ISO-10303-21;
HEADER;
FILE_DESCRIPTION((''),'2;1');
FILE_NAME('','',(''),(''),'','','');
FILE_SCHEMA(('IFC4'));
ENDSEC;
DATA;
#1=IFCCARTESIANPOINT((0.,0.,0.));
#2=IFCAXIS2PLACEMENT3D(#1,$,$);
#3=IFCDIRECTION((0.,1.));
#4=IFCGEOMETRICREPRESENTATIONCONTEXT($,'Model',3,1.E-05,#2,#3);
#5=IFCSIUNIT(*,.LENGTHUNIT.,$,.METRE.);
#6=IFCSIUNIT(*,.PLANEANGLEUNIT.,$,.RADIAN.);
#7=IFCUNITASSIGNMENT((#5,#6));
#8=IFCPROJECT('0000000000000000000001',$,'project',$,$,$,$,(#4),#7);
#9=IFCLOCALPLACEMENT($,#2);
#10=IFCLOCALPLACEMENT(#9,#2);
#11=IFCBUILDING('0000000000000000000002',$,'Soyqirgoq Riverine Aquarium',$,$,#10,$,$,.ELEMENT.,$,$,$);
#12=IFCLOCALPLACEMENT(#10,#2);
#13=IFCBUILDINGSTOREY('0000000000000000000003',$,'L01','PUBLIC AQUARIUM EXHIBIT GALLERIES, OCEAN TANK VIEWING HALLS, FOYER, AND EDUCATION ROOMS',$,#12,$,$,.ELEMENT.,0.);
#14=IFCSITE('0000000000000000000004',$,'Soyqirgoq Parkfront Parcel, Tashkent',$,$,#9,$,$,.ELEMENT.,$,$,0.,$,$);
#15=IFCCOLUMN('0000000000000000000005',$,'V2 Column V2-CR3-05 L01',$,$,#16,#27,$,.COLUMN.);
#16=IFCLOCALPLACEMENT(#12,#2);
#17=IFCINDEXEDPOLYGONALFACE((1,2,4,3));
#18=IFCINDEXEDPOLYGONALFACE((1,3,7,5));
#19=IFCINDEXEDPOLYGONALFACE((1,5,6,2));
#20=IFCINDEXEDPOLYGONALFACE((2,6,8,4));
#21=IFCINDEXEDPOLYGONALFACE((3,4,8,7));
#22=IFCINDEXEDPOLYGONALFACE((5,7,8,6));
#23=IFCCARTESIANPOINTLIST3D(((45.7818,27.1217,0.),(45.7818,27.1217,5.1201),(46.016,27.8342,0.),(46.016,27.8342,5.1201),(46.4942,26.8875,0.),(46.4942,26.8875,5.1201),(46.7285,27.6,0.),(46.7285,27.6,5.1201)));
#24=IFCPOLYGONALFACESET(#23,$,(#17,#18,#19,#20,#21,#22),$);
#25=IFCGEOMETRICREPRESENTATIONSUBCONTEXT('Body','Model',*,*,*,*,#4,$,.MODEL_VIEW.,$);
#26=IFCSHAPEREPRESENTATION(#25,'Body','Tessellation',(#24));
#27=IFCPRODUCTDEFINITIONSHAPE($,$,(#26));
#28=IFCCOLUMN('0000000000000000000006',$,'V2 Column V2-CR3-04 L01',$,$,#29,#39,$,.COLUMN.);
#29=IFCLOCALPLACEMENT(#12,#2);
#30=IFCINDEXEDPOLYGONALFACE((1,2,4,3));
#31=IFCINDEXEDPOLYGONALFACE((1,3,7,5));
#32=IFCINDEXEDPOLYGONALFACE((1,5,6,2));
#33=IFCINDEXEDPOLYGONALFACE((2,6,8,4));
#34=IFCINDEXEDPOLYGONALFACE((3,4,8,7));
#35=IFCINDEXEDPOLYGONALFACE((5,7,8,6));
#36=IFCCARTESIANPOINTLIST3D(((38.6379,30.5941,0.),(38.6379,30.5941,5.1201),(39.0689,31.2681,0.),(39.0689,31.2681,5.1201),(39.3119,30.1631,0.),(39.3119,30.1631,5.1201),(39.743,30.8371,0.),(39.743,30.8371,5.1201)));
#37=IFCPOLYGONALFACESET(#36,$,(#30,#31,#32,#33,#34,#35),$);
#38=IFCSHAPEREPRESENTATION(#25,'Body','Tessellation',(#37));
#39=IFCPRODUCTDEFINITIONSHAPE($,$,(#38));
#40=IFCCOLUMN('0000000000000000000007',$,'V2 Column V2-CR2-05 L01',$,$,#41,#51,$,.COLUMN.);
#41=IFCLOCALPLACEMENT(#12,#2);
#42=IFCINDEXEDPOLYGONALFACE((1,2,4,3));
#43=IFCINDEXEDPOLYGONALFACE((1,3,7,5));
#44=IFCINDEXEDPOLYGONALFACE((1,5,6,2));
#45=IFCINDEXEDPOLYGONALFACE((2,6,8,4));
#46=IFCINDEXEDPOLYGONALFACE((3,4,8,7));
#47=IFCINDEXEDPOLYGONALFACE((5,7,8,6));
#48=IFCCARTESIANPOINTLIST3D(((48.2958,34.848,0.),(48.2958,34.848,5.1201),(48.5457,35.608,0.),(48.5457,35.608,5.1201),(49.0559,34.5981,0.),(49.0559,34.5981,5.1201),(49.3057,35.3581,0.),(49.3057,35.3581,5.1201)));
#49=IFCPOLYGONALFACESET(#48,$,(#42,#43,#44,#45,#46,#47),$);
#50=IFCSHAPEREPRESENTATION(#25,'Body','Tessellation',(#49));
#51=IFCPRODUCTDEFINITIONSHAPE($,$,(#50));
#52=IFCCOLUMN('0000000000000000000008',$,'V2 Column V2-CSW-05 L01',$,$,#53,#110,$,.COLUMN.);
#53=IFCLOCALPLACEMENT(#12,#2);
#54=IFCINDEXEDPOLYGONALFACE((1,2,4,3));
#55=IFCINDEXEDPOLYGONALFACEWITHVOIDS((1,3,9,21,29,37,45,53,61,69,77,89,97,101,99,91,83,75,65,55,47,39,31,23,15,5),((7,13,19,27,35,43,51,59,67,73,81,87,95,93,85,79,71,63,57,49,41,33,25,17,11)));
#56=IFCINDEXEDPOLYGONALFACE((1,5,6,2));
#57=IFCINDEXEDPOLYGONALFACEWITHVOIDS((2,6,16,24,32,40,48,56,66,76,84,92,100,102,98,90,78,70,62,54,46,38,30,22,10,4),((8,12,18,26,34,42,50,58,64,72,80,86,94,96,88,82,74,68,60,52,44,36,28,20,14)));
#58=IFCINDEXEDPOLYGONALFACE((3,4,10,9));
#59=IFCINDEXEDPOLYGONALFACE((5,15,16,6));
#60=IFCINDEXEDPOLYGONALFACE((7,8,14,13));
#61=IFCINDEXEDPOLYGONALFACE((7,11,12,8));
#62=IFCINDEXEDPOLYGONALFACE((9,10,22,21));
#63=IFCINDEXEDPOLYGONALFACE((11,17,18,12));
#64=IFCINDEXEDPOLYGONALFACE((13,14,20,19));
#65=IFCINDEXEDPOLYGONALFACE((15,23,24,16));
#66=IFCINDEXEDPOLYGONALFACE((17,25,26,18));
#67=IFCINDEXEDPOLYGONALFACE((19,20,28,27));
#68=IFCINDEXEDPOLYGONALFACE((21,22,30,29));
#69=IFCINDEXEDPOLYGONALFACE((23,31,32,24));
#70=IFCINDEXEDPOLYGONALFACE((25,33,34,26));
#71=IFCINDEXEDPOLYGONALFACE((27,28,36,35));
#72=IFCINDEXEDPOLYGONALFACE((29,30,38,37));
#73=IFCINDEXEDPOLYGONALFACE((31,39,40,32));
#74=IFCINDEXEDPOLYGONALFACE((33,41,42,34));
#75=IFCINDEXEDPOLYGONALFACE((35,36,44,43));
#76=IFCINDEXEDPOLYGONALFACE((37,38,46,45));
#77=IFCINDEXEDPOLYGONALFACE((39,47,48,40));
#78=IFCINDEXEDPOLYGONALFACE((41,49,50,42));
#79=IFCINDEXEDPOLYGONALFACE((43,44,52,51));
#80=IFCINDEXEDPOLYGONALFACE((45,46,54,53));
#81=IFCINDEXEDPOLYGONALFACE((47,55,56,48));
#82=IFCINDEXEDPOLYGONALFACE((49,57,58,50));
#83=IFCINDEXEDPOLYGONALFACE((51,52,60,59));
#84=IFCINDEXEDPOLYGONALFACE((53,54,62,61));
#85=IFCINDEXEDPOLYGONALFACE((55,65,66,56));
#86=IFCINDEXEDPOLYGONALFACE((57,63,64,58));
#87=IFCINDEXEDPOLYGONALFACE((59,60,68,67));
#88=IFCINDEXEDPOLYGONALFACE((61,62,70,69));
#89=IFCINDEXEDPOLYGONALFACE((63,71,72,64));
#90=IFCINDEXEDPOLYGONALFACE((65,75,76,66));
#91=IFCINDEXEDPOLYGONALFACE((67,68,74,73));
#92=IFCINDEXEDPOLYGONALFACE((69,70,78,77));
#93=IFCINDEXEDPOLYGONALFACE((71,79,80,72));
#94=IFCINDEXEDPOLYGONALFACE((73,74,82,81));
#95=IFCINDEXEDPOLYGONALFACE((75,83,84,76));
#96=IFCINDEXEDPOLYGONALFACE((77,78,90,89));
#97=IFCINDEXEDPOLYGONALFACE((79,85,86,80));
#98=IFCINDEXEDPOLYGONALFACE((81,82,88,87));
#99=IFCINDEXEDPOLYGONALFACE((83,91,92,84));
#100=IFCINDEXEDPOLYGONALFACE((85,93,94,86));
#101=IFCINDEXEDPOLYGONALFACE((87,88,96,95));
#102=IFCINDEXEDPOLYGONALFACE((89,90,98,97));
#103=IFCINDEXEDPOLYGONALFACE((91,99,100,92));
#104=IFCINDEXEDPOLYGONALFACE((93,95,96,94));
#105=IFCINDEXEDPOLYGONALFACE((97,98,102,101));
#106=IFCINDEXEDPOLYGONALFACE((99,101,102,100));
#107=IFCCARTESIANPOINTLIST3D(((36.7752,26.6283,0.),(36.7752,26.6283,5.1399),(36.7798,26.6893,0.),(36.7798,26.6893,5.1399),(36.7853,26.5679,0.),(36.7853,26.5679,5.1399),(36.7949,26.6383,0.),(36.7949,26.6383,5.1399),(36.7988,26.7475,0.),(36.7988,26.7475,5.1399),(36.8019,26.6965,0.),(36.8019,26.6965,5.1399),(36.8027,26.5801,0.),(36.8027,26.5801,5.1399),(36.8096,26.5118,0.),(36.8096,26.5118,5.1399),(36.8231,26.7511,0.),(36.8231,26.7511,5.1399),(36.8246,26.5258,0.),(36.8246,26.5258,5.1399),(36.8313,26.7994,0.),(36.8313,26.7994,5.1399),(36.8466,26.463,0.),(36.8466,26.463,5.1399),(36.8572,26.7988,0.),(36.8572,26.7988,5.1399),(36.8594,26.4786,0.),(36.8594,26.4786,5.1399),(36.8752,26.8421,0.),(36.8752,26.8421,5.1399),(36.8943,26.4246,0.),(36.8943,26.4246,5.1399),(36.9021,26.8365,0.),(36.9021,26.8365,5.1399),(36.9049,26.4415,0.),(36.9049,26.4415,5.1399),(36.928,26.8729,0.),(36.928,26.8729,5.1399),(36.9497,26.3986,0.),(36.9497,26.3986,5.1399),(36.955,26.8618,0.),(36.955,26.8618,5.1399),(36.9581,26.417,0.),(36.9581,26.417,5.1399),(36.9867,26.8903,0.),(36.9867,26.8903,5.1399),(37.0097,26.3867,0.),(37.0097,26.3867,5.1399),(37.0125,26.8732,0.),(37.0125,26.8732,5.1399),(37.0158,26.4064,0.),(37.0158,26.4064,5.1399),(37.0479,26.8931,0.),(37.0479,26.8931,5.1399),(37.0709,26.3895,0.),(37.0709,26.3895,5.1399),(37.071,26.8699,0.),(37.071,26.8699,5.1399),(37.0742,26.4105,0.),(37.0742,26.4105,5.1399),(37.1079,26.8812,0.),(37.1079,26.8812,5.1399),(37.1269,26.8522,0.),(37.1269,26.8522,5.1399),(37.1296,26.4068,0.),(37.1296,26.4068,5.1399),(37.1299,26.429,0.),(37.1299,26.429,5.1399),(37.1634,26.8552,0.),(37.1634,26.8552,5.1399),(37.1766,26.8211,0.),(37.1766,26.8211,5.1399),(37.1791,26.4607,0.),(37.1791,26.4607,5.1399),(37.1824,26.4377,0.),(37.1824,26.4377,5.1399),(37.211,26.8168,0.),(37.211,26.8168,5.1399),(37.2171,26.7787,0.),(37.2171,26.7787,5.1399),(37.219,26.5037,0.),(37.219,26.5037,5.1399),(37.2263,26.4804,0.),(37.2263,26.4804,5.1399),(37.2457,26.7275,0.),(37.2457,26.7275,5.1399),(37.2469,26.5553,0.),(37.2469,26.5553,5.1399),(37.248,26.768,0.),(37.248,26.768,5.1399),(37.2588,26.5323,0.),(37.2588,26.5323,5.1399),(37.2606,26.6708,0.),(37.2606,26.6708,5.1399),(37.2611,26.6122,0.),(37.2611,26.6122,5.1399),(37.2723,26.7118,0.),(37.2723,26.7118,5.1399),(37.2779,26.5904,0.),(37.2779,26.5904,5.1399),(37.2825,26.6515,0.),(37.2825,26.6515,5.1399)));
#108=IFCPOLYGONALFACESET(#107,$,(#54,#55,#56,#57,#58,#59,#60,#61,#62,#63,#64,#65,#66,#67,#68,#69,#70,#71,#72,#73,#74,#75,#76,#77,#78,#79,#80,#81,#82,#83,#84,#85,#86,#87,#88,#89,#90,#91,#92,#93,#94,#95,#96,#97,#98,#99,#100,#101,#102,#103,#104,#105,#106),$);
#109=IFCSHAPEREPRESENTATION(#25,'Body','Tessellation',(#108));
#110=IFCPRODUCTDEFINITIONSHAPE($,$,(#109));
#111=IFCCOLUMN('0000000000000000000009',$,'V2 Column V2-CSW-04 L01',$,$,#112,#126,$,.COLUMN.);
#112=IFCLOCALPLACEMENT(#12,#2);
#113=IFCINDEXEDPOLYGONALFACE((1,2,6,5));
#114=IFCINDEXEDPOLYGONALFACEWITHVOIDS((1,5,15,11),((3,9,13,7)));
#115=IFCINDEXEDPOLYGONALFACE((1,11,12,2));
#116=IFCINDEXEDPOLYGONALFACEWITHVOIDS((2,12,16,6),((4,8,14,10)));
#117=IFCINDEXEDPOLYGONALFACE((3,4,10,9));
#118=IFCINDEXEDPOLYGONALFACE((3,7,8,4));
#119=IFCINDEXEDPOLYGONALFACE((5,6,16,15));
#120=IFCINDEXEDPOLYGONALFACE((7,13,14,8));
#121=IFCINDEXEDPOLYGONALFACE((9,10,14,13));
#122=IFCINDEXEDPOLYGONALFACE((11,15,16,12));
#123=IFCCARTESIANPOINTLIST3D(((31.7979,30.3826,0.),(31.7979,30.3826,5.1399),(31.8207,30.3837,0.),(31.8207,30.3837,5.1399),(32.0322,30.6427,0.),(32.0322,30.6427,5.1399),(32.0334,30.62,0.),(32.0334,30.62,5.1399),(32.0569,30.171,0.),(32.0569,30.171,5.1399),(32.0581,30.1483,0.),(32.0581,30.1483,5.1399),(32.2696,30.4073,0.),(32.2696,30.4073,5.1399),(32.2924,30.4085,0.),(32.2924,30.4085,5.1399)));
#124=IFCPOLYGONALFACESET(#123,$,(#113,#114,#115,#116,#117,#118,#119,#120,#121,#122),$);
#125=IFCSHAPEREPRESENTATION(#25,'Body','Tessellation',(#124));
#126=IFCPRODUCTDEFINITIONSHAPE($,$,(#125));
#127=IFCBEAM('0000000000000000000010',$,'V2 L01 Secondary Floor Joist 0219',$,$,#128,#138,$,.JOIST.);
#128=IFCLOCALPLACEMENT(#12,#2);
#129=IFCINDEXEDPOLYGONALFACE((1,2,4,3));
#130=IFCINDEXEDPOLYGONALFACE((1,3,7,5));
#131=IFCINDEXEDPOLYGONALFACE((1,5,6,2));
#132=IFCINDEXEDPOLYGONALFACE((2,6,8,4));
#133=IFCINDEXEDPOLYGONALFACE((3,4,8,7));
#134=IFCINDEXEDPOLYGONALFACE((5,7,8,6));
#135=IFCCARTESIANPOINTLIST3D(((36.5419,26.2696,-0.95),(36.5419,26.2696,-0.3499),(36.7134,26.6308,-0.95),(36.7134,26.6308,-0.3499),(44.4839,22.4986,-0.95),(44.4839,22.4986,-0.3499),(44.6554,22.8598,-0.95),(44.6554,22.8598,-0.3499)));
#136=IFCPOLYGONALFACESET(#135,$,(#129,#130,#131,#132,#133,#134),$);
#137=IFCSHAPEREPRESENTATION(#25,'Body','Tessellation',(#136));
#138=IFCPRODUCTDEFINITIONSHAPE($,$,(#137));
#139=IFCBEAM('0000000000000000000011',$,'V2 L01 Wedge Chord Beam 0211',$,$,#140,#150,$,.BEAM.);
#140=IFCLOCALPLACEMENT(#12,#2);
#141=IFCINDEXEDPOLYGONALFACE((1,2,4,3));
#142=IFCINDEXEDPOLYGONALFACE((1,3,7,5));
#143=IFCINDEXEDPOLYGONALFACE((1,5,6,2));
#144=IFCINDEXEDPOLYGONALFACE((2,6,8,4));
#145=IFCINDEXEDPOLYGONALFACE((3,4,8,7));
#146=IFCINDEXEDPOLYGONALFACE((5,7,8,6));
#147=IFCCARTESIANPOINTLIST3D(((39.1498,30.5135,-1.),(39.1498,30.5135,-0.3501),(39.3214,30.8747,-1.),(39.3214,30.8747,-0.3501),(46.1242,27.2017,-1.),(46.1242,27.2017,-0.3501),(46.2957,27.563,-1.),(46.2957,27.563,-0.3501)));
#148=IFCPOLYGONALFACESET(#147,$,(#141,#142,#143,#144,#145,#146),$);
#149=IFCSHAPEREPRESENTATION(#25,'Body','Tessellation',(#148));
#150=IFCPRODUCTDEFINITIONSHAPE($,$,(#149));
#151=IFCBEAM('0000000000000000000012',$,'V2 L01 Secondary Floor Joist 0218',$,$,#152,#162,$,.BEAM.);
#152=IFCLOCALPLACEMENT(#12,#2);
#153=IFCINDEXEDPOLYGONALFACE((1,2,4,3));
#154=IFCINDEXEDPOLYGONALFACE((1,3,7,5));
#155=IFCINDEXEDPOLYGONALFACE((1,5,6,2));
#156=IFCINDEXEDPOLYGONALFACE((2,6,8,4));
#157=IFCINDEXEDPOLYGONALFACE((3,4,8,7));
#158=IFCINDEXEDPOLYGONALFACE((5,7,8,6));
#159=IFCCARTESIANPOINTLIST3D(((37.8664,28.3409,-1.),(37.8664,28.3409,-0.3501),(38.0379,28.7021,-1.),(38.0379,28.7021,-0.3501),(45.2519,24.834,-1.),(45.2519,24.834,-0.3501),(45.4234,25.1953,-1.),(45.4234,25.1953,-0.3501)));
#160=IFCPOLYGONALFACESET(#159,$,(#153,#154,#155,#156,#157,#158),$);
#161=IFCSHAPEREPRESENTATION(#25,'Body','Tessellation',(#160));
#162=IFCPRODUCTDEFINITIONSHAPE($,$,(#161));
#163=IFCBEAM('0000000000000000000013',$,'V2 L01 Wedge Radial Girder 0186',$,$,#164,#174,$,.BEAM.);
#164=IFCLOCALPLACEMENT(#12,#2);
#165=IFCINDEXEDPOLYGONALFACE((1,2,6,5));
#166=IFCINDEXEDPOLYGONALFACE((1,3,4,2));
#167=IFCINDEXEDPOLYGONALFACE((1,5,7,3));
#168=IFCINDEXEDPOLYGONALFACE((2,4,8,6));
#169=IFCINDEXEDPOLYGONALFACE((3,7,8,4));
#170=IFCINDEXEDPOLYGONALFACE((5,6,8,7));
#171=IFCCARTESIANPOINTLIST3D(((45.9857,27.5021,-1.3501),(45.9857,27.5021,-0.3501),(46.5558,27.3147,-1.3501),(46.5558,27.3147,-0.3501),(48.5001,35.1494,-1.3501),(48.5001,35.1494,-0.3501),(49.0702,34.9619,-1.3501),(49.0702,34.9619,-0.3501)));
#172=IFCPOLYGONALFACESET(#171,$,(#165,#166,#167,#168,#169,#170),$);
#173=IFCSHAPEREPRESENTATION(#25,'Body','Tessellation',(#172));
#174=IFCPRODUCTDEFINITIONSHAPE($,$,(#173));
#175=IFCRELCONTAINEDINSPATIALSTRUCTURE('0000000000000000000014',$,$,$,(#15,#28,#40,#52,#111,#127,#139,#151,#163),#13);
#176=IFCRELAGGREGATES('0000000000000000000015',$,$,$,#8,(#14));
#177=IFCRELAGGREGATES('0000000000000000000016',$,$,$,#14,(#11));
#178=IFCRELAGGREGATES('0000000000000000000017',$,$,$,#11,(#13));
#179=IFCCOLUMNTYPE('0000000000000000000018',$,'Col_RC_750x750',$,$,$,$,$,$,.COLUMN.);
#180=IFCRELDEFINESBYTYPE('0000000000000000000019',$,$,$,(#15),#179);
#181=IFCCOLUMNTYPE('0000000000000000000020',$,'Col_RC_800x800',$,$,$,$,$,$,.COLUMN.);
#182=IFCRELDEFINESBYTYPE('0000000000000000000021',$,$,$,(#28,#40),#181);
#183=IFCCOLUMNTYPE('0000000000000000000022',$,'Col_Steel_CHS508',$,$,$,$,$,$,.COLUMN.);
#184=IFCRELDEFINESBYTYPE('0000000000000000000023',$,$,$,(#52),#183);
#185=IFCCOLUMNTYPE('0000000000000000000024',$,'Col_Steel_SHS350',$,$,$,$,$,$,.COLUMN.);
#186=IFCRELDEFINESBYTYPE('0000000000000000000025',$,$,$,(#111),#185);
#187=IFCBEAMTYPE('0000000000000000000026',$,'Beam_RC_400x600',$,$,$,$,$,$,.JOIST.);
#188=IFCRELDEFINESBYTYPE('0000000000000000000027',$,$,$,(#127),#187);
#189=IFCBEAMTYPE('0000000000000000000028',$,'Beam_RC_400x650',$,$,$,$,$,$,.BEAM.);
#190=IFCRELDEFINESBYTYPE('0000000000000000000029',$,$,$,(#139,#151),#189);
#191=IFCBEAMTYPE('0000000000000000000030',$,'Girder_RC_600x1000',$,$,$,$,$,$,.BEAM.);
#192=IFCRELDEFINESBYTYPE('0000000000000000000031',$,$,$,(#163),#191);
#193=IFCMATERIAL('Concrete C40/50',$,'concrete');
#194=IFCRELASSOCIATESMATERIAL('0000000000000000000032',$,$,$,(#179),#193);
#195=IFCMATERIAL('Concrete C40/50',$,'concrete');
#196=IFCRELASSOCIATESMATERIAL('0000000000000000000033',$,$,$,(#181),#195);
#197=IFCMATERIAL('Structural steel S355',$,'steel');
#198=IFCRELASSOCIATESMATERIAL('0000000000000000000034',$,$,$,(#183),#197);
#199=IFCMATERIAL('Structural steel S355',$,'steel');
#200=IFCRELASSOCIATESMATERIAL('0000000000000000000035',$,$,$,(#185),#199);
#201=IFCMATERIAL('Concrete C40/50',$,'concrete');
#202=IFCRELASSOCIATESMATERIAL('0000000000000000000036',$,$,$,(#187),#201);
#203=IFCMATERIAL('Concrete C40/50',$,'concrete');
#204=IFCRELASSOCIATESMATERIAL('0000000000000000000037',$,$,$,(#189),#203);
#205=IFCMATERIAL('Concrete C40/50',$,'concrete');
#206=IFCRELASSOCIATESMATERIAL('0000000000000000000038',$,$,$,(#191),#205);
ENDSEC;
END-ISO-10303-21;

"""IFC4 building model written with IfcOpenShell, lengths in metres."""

from ifc_helpers import new_model, si_unit, direction, frame, origin, origin_2d, place, context, subcontext, project, spatial, rectangle, hollow_rectangle, hollow_circle, extrude, material, material_profile, profile_set, type_object, element, save


model = new_model("IFC4")

# Units and contexts
model_context = context("Model", 3, precision=1e-05, world=origin(), true_north=direction((0.0, 1.0)))
body_context = subcontext(model_context, "Body", "Model", "MODEL_VIEW")
ifc_project = project(units=[si_unit("LENGTHUNIT", "METRE"), si_unit("PLANEANGLEUNIT", "RADIAN")], contexts=[model_context])

# Site, building, storey
site_placement = place(None, origin())
site = spatial("IfcSite", under=ifc_project, at=site_placement, Name="Soyqirgoq Parkfront Parcel, Tashkent", CompositionType="ELEMENT", RefElevation=0.0)
building_placement = place(site_placement, origin())
building = spatial("IfcBuilding", under=site, at=building_placement, Name="Soyqirgoq Riverine Aquarium", CompositionType="ELEMENT")
storey_placement = place(building_placement, origin())
storey = spatial("IfcBuildingStorey", under=building, at=storey_placement, Name="L01", Description="PUBLIC AQUARIUM EXHIBIT GALLERIES, OCEAN TANK VIEWING HALLS, FOYER, AND EDUCATION ROOMS", CompositionType="ELEMENT", Elevation=0.0)

# Columns
ifc_material_1 = material(Name="Concrete C40/50", Category="concrete")
ifc_material_profile_1 = material_profile(ifc_material_1, rectangle(XDim=0.75, YDim=0.75, at=origin_2d()), Name="RC 750x750")
ifc_profile_set_1 = profile_set([ifc_material_profile_1], Name="Concrete C40/50")
column_type_1 = type_object("IfcColumnType", Name="Col_RC_750x750", PredefinedType="COLUMN", material=ifc_profile_set_1)
column_1_placement = place(storey_placement, frame((46.2551, 27.3608, 0.0), z_axis=(0.0, 0.0, 1.0), x_axis=(-0.312335, -0.949972, 0.0)))
element("IfcColumn", 1, at=column_1_placement, inside=storey, type_object=column_type_1, Name="V2 Column V2-CR3-05 L01", PredefinedType="COLUMN", context=body_context, shape_type="SweptSolid", body=[
    extrude(rectangle(XDim=0.75, YDim=0.75, at=origin_2d()), origin(), (0.0, 0.0, 1.0), 5.1201),
])
ifc_material_2 = material(Name="Concrete C40/50", Category="concrete")
ifc_material_profile_2 = material_profile(ifc_material_2, rectangle(XDim=0.8, YDim=0.8, at=origin_2d()), Name="RC 800x800")
ifc_profile_set_2 = profile_set([ifc_material_profile_2], Name="Concrete C40/50")
column_type_2 = type_object("IfcColumnType", Name="Col_RC_800x800", PredefinedType="COLUMN", material=ifc_profile_set_2)
for number, where, z_axis, x_axis, name in (
    (2, (39.1904, 30.7156, 0.0), (0.0, 0.0, 1.0), (-0.538771, -0.842452, 0.0), "V2 Column V2-CR3-04 L01"),
    (3, (48.8008, 35.103, 0.0), (0.0, 0.0, 1.0), (-0.312335, -0.949972, 0.0), "V2 Column V2-CR2-05 L01"),
):
    element("IfcColumn", number, at=place(storey_placement, frame(where, z_axis=z_axis, x_axis=x_axis)), inside=storey, type_object=column_type_2, Name=name, PredefinedType="COLUMN", context=body_context, shape_type="SweptSolid", body=[
        extrude(rectangle(XDim=0.8, YDim=0.8, at=origin_2d()), origin(), (0.0, 0.0, 1.0), 5.1201),
    ])
ifc_material_3 = material(Name="Structural steel S355", Category="steel")
ifc_material_profile_3 = material_profile(ifc_material_3, hollow_circle(Radius=0.2539, WallThickness=0.02, at=origin_2d()), Name="CHS 508x20")
ifc_profile_set_3 = profile_set([ifc_material_profile_3], Name="Structural steel S355")
column_type_3 = type_object("IfcColumnType", Name="Col_Steel_CHS508", PredefinedType="COLUMN", material=ifc_profile_set_3)
column_2_placement = place(storey_placement, frame((37.0288, 26.6399, 0.0), z_axis=(0.0, 0.0, 1.0), x_axis=(-0.529919, -0.848048, 0.0)))
element("IfcColumn", 4, at=column_2_placement, inside=storey, type_object=column_type_3, Name="V2 Column V2-CSW-05 L01", PredefinedType="COLUMN", context=body_context, shape_type="SweptSolid", body=[
    extrude(hollow_circle(Radius=0.2539, WallThickness=0.02, at=origin_2d()), origin(), (0.0, 0.0, 1.0), 5.1399),
])
ifc_material_4 = material(Name="Structural steel S355", Category="steel")
ifc_material_profile_4 = material_profile(ifc_material_4, hollow_rectangle(XDim=0.3501, YDim=0.3501, WallThickness=0.0161, at=origin_2d()), Name="SHS 350x350x16")
ifc_profile_set_4 = profile_set([ifc_material_profile_4], Name="Structural steel S355")
column_type_4 = type_object("IfcColumnType", Name="Col_Steel_SHS350", PredefinedType="COLUMN", material=ifc_profile_set_4)
column_3_placement = place(storey_placement, frame((32.0452, 30.3955, 0.0), z_axis=(0.0, 0.0, 1.0), x_axis=(-0.669131, -0.743145, 0.0)))
element("IfcColumn", 5, at=column_3_placement, inside=storey, type_object=column_type_4, Name="V2 Column V2-CSW-04 L01", PredefinedType="COLUMN", context=body_context, shape_type="SweptSolid", body=[
    extrude(hollow_rectangle(XDim=0.3501, YDim=0.3501, WallThickness=0.0161, at=origin_2d()), origin(), (0.0, 0.0, 1.0), 5.1399),
])

# Beams
ifc_material_5 = material(Name="Concrete C40/50", Category="concrete")
ifc_material_profile_5 = material_profile(ifc_material_5, rectangle(XDim=0.3999, YDim=0.6001, at=origin_2d()), Name="RC 400x600")
ifc_profile_set_5 = profile_set([ifc_material_profile_5], Name="Concrete C40/50")
beam_type_1 = type_object("IfcBeamType", Name="Beam_RC_400x600", PredefinedType="JOIST", material=ifc_profile_set_5)
beam_1_placement = place(storey_placement, frame((36.6277, 26.4502, -0.6499), z_axis=(0.903339, -0.428927, 0.0), x_axis=(0.428927, 0.903339, 0.0)))
element("IfcBeam", 6, at=beam_1_placement, inside=storey, type_object=beam_type_1, Name="V2 L01 Secondary Floor Joist 0219", PredefinedType="JOIST", context=body_context, shape_type="SweptSolid", body=[
    extrude(rectangle(XDim=0.3999, YDim=0.6001, at=origin_2d()), origin(), (0.0, 0.0, 1.0), 8.7917),
])
ifc_material_6 = material(Name="Concrete C40/50", Category="concrete")
ifc_material_profile_6 = material_profile(ifc_material_6, rectangle(XDim=0.3999, YDim=0.6499, at=origin_2d()), Name="RC 400x650")
ifc_profile_set_6 = profile_set([ifc_material_profile_6], Name="Concrete C40/50")
beam_type_2 = type_object("IfcBeamType", Name="Beam_RC_400x650", PredefinedType="BEAM", material=ifc_profile_set_6)
beam_2_placement = place(storey_placement, frame((39.2356, 30.6941, -0.675), z_axis=(0.903331, -0.428945, 0.0), x_axis=(0.428945, 0.903331, 0.0)))
element("IfcBeam", 7, at=beam_2_placement, inside=storey, type_object=beam_type_2, Name="V2 L01 Wedge Chord Beam 0211", PredefinedType="BEAM", context=body_context, shape_type="SweptSolid", body=[
    extrude(rectangle(XDim=0.3999, YDim=0.6499, at=origin_2d()), origin(), (0.0, 0.0, 1.0), 7.7207),
])
beam_3_placement = place(storey_placement, frame((37.9521, 28.5215, -0.675), z_axis=(0.903338, -0.42893, 0.0), x_axis=(0.42893, 0.903338, 0.0)))
element("IfcBeam", 8, at=beam_3_placement, inside=storey, type_object=beam_type_2, Name="V2 L01 Secondary Floor Joist 0218", PredefinedType="BEAM", context=body_context, shape_type="SweptSolid", body=[
    extrude(rectangle(XDim=0.3999, YDim=0.6499, at=origin_2d()), origin(), (0.0, 0.0, 1.0), 8.1758),
])
ifc_material_7 = material(Name="Concrete C40/50", Category="concrete")
ifc_material_profile_7 = material_profile(ifc_material_7, rectangle(XDim=0.6001, YDim=1.0, at=origin_2d()), Name="RC 600x1000")
ifc_profile_set_7 = profile_set([ifc_material_profile_7], Name="Concrete C40/50")
beam_type_3 = type_object("IfcBeamType", Name="Girder_RC_600x1000", PredefinedType="BEAM", material=ifc_profile_set_7)
beam_4_placement = place(storey_placement, frame((48.7852, 35.0557, -0.8501), z_axis=(-0.312349, -0.949967, 0.0), x_axis=(0.949967, -0.312349, 0.0)))
element("IfcBeam", 9, at=beam_4_placement, inside=storey, type_object=beam_type_3, Name="V2 L01 Wedge Radial Girder 0186", PredefinedType="BEAM", context=body_context, shape_type="SweptSolid", body=[
    extrude(rectangle(XDim=0.6001, YDim=1.0, at=origin_2d()), origin(), (0.0, 0.0, 1.0), 8.05),
])

save(model, "model.ifc")
